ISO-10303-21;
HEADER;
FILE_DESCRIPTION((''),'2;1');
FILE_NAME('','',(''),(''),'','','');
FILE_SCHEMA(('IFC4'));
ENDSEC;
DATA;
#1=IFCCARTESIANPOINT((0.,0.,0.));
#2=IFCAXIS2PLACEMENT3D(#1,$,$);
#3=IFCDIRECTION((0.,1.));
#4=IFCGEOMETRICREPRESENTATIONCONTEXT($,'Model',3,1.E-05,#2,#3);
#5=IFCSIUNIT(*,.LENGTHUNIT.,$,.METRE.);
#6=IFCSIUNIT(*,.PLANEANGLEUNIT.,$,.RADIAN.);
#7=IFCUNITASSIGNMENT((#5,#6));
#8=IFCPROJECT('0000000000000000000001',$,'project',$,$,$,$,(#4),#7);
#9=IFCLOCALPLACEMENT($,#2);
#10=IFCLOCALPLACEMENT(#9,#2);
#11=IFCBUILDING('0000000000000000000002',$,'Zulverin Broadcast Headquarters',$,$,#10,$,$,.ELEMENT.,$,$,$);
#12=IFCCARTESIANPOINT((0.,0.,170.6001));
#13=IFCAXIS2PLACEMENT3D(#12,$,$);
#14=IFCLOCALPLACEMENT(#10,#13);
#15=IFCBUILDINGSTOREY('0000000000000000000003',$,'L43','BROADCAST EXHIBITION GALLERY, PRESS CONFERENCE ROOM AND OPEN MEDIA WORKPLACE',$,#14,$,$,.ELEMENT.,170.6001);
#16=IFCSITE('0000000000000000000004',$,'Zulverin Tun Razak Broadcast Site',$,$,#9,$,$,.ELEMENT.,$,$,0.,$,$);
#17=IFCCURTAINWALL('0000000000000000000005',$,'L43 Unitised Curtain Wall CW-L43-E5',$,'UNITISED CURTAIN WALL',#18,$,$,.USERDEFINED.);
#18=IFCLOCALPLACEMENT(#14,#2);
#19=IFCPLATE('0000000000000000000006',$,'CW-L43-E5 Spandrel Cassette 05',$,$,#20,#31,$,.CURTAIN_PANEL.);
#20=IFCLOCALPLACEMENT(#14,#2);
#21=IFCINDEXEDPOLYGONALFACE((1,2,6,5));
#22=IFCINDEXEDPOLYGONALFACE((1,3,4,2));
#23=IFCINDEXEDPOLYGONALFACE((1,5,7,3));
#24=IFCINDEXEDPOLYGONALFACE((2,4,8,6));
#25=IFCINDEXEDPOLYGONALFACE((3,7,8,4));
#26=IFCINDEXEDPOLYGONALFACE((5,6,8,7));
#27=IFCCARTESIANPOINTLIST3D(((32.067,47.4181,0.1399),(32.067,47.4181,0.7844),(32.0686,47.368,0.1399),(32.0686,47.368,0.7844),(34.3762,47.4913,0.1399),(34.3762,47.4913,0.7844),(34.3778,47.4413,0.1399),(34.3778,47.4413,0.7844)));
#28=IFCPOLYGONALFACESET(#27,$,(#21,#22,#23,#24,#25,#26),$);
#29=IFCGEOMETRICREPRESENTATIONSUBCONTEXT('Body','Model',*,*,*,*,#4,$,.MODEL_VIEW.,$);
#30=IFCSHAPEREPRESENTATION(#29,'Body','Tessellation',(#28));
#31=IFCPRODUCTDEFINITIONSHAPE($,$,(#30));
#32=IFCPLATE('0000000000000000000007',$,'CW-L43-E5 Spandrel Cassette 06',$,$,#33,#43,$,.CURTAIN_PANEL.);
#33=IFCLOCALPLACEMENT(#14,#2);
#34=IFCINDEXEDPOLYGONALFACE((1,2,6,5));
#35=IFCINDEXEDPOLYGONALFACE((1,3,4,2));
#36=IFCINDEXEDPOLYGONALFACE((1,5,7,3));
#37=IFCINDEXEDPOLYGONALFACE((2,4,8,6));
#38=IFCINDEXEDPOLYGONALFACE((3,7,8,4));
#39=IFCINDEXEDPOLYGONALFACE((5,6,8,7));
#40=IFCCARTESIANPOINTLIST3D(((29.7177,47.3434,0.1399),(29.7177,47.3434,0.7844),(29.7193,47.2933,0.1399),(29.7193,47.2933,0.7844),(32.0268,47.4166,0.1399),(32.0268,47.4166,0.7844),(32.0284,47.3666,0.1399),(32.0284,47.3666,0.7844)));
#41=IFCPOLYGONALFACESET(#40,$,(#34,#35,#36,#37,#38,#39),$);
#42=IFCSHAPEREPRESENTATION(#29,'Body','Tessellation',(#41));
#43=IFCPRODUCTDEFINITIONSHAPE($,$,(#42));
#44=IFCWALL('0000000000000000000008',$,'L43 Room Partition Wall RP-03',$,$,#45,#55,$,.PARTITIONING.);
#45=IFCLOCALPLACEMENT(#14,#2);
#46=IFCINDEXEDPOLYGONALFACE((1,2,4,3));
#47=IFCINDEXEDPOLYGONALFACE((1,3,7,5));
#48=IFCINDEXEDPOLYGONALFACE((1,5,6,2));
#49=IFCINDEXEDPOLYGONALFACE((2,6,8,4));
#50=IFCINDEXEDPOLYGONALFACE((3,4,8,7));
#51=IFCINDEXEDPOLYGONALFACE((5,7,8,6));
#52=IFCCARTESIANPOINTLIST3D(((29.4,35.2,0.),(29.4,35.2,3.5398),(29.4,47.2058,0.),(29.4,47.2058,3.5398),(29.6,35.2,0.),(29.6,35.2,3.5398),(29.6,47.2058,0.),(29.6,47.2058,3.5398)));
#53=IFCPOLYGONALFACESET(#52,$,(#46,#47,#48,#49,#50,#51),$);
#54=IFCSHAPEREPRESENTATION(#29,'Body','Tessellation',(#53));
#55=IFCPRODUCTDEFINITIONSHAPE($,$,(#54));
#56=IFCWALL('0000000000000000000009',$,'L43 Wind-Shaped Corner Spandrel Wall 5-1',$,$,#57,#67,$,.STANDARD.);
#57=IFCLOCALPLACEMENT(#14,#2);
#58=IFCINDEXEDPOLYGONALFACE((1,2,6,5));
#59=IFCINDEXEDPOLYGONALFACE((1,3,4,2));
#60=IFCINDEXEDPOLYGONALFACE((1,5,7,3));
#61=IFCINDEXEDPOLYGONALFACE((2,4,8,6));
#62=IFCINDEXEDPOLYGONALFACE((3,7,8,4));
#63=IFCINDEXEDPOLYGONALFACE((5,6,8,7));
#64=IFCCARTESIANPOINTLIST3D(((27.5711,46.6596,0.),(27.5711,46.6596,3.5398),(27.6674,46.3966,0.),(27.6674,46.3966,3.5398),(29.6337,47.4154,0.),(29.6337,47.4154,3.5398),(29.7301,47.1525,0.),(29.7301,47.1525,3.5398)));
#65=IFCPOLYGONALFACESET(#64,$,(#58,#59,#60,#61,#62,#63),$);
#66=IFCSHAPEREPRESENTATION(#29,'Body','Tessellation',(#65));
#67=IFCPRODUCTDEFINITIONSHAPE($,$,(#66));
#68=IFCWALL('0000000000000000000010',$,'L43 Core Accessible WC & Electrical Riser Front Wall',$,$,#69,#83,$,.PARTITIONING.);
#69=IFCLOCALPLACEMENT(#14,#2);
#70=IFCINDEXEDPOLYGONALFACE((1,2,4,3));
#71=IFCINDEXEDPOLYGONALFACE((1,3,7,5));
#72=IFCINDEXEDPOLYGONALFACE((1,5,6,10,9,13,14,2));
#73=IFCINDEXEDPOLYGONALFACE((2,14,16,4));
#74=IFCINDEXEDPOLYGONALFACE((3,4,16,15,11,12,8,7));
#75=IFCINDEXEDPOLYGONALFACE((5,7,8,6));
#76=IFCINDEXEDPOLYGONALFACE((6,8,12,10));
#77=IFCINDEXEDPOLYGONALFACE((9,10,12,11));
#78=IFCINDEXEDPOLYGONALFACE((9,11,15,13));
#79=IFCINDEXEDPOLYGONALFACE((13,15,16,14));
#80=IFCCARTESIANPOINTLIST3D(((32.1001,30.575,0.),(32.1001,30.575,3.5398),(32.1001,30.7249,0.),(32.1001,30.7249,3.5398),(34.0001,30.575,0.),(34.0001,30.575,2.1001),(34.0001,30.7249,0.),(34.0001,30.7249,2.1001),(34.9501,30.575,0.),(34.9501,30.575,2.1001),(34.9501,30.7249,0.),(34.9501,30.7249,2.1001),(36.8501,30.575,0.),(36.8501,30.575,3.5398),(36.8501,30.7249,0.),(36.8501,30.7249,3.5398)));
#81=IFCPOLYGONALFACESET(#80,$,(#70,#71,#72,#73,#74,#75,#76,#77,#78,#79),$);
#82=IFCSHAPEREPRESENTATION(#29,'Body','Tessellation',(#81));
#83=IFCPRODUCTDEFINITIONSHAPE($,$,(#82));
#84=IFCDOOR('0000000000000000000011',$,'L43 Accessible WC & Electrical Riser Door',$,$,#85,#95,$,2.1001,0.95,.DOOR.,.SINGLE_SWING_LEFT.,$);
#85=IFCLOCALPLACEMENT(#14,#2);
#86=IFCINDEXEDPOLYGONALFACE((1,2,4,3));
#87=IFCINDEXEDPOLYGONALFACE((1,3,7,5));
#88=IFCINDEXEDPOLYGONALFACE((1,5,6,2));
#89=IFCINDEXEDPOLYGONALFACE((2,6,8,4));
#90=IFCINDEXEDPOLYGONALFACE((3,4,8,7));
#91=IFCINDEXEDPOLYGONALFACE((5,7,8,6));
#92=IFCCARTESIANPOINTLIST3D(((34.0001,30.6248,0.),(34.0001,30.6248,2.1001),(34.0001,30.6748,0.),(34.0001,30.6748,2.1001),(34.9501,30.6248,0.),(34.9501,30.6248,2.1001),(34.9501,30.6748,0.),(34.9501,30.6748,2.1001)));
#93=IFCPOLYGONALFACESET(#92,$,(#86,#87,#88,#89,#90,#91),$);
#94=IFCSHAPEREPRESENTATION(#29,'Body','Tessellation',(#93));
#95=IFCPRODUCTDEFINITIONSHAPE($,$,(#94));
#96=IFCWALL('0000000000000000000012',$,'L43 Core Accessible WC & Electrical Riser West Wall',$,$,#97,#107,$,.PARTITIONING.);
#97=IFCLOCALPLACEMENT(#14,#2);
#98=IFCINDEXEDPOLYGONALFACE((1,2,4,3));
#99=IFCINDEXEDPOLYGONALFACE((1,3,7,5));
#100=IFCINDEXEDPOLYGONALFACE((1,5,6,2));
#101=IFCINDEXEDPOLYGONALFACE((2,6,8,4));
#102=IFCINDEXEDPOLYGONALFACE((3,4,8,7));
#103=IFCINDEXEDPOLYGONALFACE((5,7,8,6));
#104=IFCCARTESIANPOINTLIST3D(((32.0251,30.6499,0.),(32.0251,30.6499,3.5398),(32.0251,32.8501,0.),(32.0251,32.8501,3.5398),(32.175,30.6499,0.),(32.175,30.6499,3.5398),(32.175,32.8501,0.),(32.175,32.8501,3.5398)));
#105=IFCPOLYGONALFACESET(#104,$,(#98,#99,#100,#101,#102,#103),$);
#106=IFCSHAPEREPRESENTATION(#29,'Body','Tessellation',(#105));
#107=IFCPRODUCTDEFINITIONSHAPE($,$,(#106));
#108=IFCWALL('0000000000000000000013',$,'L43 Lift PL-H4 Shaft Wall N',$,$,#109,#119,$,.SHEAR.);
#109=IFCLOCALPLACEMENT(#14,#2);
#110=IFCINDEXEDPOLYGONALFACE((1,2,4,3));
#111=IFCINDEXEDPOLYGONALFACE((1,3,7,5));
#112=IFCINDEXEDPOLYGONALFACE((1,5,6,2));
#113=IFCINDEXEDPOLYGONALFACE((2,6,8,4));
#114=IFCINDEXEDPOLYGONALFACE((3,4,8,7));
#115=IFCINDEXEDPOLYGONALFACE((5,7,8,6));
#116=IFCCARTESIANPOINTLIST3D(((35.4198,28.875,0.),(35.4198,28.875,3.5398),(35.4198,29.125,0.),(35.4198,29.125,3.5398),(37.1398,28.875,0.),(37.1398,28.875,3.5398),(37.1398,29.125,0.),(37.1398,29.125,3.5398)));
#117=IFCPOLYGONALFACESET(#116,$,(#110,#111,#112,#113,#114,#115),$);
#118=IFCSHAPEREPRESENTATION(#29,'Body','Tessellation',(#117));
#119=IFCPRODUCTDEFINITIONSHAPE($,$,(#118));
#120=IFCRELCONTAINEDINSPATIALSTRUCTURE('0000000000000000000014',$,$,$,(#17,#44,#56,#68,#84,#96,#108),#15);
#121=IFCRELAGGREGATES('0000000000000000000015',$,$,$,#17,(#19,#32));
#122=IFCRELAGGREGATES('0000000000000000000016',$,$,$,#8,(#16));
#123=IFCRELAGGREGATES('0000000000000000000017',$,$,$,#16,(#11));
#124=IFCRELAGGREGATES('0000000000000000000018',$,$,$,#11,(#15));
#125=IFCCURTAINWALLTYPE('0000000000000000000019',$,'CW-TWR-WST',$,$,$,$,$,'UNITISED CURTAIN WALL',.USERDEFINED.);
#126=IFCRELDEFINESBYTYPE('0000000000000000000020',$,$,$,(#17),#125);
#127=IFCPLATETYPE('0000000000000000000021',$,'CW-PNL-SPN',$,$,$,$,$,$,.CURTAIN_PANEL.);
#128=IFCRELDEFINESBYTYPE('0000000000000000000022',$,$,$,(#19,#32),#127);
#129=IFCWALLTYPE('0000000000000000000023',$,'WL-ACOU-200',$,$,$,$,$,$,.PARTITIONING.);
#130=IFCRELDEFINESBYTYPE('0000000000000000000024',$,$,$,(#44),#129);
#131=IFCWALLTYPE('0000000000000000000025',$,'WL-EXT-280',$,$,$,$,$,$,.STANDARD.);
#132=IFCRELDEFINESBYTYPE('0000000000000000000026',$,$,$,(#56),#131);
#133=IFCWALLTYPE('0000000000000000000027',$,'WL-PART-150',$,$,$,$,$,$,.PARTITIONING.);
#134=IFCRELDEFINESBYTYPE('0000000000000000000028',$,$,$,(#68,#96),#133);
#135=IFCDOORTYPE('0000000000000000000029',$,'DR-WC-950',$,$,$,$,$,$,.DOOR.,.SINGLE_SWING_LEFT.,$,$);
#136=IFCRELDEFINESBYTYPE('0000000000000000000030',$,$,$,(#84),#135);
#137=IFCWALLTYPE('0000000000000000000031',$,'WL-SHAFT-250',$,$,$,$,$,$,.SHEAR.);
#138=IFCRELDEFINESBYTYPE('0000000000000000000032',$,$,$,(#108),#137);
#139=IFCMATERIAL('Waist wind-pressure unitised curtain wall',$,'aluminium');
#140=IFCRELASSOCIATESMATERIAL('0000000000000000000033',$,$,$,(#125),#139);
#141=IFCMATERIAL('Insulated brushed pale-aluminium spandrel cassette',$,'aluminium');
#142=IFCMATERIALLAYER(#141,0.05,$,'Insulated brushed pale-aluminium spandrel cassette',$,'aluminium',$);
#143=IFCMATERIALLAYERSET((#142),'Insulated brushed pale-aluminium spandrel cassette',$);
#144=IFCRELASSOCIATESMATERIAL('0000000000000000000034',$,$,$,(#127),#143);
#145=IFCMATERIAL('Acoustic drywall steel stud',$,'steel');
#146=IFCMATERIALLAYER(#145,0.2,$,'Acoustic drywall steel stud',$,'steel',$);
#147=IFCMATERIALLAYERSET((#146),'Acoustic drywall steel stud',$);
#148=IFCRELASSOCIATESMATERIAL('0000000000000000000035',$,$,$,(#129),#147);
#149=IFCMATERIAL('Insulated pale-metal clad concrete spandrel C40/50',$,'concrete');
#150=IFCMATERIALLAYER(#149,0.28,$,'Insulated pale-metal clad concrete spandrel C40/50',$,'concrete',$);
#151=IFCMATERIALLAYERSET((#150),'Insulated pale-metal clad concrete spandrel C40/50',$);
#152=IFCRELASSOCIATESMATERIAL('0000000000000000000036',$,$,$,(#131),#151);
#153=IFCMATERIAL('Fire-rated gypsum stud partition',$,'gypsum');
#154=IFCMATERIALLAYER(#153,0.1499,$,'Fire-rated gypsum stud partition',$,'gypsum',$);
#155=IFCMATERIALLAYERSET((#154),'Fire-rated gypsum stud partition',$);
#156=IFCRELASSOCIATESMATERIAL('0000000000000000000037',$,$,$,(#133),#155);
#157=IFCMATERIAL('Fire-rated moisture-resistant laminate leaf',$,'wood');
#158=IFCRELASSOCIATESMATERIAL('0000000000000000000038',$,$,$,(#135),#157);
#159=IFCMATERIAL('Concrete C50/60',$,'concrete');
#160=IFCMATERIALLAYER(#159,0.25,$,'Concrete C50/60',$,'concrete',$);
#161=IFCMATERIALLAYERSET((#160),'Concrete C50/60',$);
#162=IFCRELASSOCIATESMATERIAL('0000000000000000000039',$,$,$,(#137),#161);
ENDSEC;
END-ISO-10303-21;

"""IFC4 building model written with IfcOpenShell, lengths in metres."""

from ifc_helpers import new_model, si_unit, direction, frame, frame_2d, origin, origin_2d, place, context, subcontext, project, spatial, rectangle, extrude, material, layer, layer_set, type_object, element, fill, aggregate, save


model = new_model("IFC4")

# Units and contexts
model_context = context("Model", 3, precision=1e-05, world=origin(), true_north=direction((0.0, 1.0)))
body_context = subcontext(model_context, "Body", "Model", "MODEL_VIEW")
ifc_project = project(units=[si_unit("LENGTHUNIT", "METRE"), si_unit("PLANEANGLEUNIT", "RADIAN")], contexts=[model_context])

# Site, building, storey
site_placement = place(None, origin())
site = spatial("IfcSite", under=ifc_project, at=site_placement, Name="Zulverin Tun Razak Broadcast Site", CompositionType="ELEMENT", RefElevation=0.0)
building_placement = place(site_placement, origin())
building = spatial("IfcBuilding", under=site, at=building_placement, Name="Zulverin Broadcast Headquarters", CompositionType="ELEMENT")
storey_placement = place(building_placement, frame((0.0, 0.0, 170.6001)))
storey = spatial("IfcBuildingStorey", under=building, at=storey_placement, Name="L43", Description="BROADCAST EXHIBITION GALLERY, PRESS CONFERENCE ROOM AND OPEN MEDIA WORKPLACE", CompositionType="ELEMENT", Elevation=170.6001)

# Shared definitions
ifc_material_1 = material(Name="Concrete C50/60", Category="concrete")

# Curtain wall, plates
ifc_material_2 = material(Name="Waist wind-pressure unitised curtain wall", Category="aluminium")
curtain_wall_type = type_object("IfcCurtainWallType", Name="CW-TWR-WST", ElementType="UNITISED CURTAIN WALL", PredefinedType="USERDEFINED", material=ifc_material_2)
curtain_wall_placement = place(storey_placement, origin())
curtain_wall = element("IfcCurtainWall", 1, at=curtain_wall_placement, inside=storey, type_object=curtain_wall_type, Name="L43 Unitised Curtain Wall CW-L43-E5", ObjectType="UNITISED CURTAIN WALL", PredefinedType="USERDEFINED")
ifc_material_3 = material(Name="Insulated brushed pale-aluminium spandrel cassette", Category="aluminium")
ifc_layer_1 = layer(ifc_material_3, 0.05, Name="Insulated brushed pale-aluminium spandrel cassette", Category="aluminium")
ifc_layer_set_1 = layer_set([ifc_layer_1], Name="Insulated brushed pale-aluminium spandrel cassette")
plate_type_1 = type_object("IfcPlateType", Name="CW-PNL-SPN", PredefinedType="CURTAIN_PANEL", material=ifc_layer_set_1)
plate_1_placement = place(storey_placement, frame((33.2224, 47.4297, 0.1399), z_axis=(0.0, 0.0, 1.0), x_axis=(-0.999497, -0.031709, 0.0)))
plate_1 = element("IfcPlate", 2, at=plate_1_placement, type_object=plate_type_1, Name="CW-L43-E5 Spandrel Cassette 05", PredefinedType="CURTAIN_PANEL", context=body_context, shape_type="SweptSolid", body=[
    extrude(rectangle(XDim=2.3103, YDim=0.05, at=origin_2d()), origin(), (0.0, 0.0, 1.0), 0.6445),
])
plate_2_placement = place(storey_placement, frame((30.873, 47.355, 0.1399), z_axis=(0.0, 0.0, 1.0), x_axis=(-0.999497, -0.031709, 0.0)))
plate_2 = element("IfcPlate", 3, at=plate_2_placement, type_object=plate_type_1, Name="CW-L43-E5 Spandrel Cassette 06", PredefinedType="CURTAIN_PANEL", context=body_context, shape_type="SweptSolid", body=[
    extrude(rectangle(XDim=2.3103, YDim=0.05, at=origin_2d()), origin(), (0.0, 0.0, 1.0), 0.6445),
])
aggregate(curtain_wall, [plate_1, plate_2])

# Walls
ifc_material_4 = material(Name="Acoustic drywall steel stud", Category="steel")
ifc_layer_2 = layer(ifc_material_4, 0.2, Name="Acoustic drywall steel stud", Category="steel")
ifc_layer_set_2 = layer_set([ifc_layer_2], Name="Acoustic drywall steel stud")
wall_type_1 = type_object("IfcWallType", Name="WL-ACOU-200", PredefinedType="PARTITIONING", material=ifc_layer_set_2)
wall_1_placement = place(storey_placement, frame((29.5, 35.2, 0.0), z_axis=(0.0, 0.0, 1.0), x_axis=(0.0, 1.0, 0.0)))
element("IfcWall", 4, at=wall_1_placement, inside=storey, type_object=wall_type_1, Name="L43 Room Partition Wall RP-03", PredefinedType="PARTITIONING", context=body_context, shape_type="SweptSolid", body=[
    extrude(rectangle(XDim=12.0059, YDim=0.2, at=frame_2d((6.0029, 0.0))), origin(), (0.0, 0.0, 1.0), 3.5398),
])
ifc_material_5 = material(Name="Insulated pale-metal clad concrete spandrel C40/50", Category="concrete")
ifc_layer_3 = layer(ifc_material_5, 0.28, Name="Insulated pale-metal clad concrete spandrel C40/50", Category="concrete")
ifc_layer_set_3 = layer_set([ifc_layer_3], Name="Insulated pale-metal clad concrete spandrel C40/50")
wall_type_2 = type_object("IfcWallType", Name="WL-EXT-280", PredefinedType="STANDARD", material=ifc_layer_set_3)
wall_2_placement = place(storey_placement, frame((29.6819, 47.2839, 0.0), z_axis=(0.0, 0.0, 1.0), x_axis=(-0.938947, -0.344062, 0.0)))
element("IfcWall", 5, at=wall_2_placement, inside=storey, type_object=wall_type_2, Name="L43 Wind-Shaped Corner Spandrel Wall 5-1", PredefinedType="STANDARD", context=body_context, shape_type="SweptSolid", body=[
    extrude(rectangle(XDim=2.1968, YDim=0.28, at=frame_2d((1.0984, 0.0))), origin(), (0.0, 0.0, 1.0), 3.5398),
])

# Wall, opening, door
ifc_material_6 = material(Name="Fire-rated gypsum stud partition", Category="gypsum")
ifc_layer_4 = layer(ifc_material_6, 0.1499, Name="Fire-rated gypsum stud partition", Category="gypsum")
ifc_layer_set_4 = layer_set([ifc_layer_4], Name="Fire-rated gypsum stud partition")
wall_type_3 = type_object("IfcWallType", Name="WL-PART-150", PredefinedType="PARTITIONING", material=ifc_layer_set_4)
wall_3_placement = place(storey_placement, frame((32.1001, 30.6499, 0.0), z_axis=(0.0, 0.0, 1.0), x_axis=(1.0, 0.0, 0.0)))
wall_3 = element("IfcWall", 6, at=wall_3_placement, inside=storey, type_object=wall_type_3, Name="L43 Core Accessible WC & Electrical Riser Front Wall", PredefinedType="PARTITIONING", context=body_context, shape_type="SweptSolid", body=[
    extrude(rectangle(XDim=4.75, YDim=0.1499, at=frame_2d((2.375, 0.0))), origin(), (0.0, 0.0, 1.0), 3.5398),
])
opening_placement = place(wall_3_placement, frame((1.8999, 0.0, 0.0)))
opening = element("IfcOpeningElement", 7, at=opening_placement, cuts=wall_3, PredefinedType="OPENING", context=body_context, shape_type="SweptSolid", body=[
    extrude(rectangle(XDim=0.95, YDim=2.1001, at=frame_2d((0.4751, 1.05))), frame((0.0, 0.085, 0.0), z_axis=(0.0, -1.0, 0.0), x_axis=(1.0, 0.0, 0.0)), (0.0, 0.0, 1.0), 0.1699),
])
ifc_material_7 = material(Name="Fire-rated moisture-resistant laminate leaf", Category="wood")
door_type = type_object("IfcDoorType", Name="DR-WC-950", OperationType="SINGLE_SWING_LEFT", PredefinedType="DOOR", material=ifc_material_7)
door_placement = place(opening_placement, origin())
door = element("IfcDoor", 8, at=door_placement, inside=storey, type_object=door_type, Name="L43 Accessible WC & Electrical Riser Door", OperationType="SINGLE_SWING_LEFT", OverallHeight=2.1001, OverallWidth=0.95, PredefinedType="DOOR", context=body_context, shape_type="SweptSolid", body=[
    extrude(rectangle(XDim=0.95, YDim=2.1001, at=frame_2d((0.4751, 1.05))), frame((0.0, 0.0249, 0.0), z_axis=(0.0, -1.0, 0.0), x_axis=(1.0, 0.0, 0.0)), (0.0, 0.0, 1.0), 0.05),
])
fill(opening, door)

# Walls
wall_4_placement = place(storey_placement, frame((32.1001, 30.6499, 0.0), z_axis=(0.0, 0.0, 1.0), x_axis=(0.0, 1.0, 0.0)))
element("IfcWall", 9, at=wall_4_placement, inside=storey, type_object=wall_type_3, Name="L43 Core Accessible WC & Electrical Riser West Wall", PredefinedType="PARTITIONING", context=body_context, shape_type="SweptSolid", body=[
    extrude(rectangle(XDim=2.2002, YDim=0.1499, at=frame_2d((1.1001, 0.0))), origin(), (0.0, 0.0, 1.0), 3.5398),
])
ifc_layer_5 = layer(ifc_material_1, 0.25, Name="Concrete C50/60", Category="concrete")
ifc_layer_set_5 = layer_set([ifc_layer_5], Name="Concrete C50/60")
wall_type_4 = type_object("IfcWallType", Name="WL-SHAFT-250", PredefinedType="SHEAR", material=ifc_layer_set_5)
wall_5_placement = place(storey_placement, frame((35.4199, 29.0, 0.0), z_axis=(0.0, 0.0, 1.0), x_axis=(1.0, 0.0, 0.0)))
element("IfcWall", 10, at=wall_5_placement, inside=storey, type_object=wall_type_4, Name="L43 Lift PL-H4 Shaft Wall N", PredefinedType="SHEAR", context=body_context, shape_type="SweptSolid", body=[
    extrude(rectangle(XDim=1.72, YDim=0.25, at=frame_2d((0.8599, 0.0))), origin(), (0.0, 0.0, 1.0), 3.5398),
])

save(model, "model.ifc")
